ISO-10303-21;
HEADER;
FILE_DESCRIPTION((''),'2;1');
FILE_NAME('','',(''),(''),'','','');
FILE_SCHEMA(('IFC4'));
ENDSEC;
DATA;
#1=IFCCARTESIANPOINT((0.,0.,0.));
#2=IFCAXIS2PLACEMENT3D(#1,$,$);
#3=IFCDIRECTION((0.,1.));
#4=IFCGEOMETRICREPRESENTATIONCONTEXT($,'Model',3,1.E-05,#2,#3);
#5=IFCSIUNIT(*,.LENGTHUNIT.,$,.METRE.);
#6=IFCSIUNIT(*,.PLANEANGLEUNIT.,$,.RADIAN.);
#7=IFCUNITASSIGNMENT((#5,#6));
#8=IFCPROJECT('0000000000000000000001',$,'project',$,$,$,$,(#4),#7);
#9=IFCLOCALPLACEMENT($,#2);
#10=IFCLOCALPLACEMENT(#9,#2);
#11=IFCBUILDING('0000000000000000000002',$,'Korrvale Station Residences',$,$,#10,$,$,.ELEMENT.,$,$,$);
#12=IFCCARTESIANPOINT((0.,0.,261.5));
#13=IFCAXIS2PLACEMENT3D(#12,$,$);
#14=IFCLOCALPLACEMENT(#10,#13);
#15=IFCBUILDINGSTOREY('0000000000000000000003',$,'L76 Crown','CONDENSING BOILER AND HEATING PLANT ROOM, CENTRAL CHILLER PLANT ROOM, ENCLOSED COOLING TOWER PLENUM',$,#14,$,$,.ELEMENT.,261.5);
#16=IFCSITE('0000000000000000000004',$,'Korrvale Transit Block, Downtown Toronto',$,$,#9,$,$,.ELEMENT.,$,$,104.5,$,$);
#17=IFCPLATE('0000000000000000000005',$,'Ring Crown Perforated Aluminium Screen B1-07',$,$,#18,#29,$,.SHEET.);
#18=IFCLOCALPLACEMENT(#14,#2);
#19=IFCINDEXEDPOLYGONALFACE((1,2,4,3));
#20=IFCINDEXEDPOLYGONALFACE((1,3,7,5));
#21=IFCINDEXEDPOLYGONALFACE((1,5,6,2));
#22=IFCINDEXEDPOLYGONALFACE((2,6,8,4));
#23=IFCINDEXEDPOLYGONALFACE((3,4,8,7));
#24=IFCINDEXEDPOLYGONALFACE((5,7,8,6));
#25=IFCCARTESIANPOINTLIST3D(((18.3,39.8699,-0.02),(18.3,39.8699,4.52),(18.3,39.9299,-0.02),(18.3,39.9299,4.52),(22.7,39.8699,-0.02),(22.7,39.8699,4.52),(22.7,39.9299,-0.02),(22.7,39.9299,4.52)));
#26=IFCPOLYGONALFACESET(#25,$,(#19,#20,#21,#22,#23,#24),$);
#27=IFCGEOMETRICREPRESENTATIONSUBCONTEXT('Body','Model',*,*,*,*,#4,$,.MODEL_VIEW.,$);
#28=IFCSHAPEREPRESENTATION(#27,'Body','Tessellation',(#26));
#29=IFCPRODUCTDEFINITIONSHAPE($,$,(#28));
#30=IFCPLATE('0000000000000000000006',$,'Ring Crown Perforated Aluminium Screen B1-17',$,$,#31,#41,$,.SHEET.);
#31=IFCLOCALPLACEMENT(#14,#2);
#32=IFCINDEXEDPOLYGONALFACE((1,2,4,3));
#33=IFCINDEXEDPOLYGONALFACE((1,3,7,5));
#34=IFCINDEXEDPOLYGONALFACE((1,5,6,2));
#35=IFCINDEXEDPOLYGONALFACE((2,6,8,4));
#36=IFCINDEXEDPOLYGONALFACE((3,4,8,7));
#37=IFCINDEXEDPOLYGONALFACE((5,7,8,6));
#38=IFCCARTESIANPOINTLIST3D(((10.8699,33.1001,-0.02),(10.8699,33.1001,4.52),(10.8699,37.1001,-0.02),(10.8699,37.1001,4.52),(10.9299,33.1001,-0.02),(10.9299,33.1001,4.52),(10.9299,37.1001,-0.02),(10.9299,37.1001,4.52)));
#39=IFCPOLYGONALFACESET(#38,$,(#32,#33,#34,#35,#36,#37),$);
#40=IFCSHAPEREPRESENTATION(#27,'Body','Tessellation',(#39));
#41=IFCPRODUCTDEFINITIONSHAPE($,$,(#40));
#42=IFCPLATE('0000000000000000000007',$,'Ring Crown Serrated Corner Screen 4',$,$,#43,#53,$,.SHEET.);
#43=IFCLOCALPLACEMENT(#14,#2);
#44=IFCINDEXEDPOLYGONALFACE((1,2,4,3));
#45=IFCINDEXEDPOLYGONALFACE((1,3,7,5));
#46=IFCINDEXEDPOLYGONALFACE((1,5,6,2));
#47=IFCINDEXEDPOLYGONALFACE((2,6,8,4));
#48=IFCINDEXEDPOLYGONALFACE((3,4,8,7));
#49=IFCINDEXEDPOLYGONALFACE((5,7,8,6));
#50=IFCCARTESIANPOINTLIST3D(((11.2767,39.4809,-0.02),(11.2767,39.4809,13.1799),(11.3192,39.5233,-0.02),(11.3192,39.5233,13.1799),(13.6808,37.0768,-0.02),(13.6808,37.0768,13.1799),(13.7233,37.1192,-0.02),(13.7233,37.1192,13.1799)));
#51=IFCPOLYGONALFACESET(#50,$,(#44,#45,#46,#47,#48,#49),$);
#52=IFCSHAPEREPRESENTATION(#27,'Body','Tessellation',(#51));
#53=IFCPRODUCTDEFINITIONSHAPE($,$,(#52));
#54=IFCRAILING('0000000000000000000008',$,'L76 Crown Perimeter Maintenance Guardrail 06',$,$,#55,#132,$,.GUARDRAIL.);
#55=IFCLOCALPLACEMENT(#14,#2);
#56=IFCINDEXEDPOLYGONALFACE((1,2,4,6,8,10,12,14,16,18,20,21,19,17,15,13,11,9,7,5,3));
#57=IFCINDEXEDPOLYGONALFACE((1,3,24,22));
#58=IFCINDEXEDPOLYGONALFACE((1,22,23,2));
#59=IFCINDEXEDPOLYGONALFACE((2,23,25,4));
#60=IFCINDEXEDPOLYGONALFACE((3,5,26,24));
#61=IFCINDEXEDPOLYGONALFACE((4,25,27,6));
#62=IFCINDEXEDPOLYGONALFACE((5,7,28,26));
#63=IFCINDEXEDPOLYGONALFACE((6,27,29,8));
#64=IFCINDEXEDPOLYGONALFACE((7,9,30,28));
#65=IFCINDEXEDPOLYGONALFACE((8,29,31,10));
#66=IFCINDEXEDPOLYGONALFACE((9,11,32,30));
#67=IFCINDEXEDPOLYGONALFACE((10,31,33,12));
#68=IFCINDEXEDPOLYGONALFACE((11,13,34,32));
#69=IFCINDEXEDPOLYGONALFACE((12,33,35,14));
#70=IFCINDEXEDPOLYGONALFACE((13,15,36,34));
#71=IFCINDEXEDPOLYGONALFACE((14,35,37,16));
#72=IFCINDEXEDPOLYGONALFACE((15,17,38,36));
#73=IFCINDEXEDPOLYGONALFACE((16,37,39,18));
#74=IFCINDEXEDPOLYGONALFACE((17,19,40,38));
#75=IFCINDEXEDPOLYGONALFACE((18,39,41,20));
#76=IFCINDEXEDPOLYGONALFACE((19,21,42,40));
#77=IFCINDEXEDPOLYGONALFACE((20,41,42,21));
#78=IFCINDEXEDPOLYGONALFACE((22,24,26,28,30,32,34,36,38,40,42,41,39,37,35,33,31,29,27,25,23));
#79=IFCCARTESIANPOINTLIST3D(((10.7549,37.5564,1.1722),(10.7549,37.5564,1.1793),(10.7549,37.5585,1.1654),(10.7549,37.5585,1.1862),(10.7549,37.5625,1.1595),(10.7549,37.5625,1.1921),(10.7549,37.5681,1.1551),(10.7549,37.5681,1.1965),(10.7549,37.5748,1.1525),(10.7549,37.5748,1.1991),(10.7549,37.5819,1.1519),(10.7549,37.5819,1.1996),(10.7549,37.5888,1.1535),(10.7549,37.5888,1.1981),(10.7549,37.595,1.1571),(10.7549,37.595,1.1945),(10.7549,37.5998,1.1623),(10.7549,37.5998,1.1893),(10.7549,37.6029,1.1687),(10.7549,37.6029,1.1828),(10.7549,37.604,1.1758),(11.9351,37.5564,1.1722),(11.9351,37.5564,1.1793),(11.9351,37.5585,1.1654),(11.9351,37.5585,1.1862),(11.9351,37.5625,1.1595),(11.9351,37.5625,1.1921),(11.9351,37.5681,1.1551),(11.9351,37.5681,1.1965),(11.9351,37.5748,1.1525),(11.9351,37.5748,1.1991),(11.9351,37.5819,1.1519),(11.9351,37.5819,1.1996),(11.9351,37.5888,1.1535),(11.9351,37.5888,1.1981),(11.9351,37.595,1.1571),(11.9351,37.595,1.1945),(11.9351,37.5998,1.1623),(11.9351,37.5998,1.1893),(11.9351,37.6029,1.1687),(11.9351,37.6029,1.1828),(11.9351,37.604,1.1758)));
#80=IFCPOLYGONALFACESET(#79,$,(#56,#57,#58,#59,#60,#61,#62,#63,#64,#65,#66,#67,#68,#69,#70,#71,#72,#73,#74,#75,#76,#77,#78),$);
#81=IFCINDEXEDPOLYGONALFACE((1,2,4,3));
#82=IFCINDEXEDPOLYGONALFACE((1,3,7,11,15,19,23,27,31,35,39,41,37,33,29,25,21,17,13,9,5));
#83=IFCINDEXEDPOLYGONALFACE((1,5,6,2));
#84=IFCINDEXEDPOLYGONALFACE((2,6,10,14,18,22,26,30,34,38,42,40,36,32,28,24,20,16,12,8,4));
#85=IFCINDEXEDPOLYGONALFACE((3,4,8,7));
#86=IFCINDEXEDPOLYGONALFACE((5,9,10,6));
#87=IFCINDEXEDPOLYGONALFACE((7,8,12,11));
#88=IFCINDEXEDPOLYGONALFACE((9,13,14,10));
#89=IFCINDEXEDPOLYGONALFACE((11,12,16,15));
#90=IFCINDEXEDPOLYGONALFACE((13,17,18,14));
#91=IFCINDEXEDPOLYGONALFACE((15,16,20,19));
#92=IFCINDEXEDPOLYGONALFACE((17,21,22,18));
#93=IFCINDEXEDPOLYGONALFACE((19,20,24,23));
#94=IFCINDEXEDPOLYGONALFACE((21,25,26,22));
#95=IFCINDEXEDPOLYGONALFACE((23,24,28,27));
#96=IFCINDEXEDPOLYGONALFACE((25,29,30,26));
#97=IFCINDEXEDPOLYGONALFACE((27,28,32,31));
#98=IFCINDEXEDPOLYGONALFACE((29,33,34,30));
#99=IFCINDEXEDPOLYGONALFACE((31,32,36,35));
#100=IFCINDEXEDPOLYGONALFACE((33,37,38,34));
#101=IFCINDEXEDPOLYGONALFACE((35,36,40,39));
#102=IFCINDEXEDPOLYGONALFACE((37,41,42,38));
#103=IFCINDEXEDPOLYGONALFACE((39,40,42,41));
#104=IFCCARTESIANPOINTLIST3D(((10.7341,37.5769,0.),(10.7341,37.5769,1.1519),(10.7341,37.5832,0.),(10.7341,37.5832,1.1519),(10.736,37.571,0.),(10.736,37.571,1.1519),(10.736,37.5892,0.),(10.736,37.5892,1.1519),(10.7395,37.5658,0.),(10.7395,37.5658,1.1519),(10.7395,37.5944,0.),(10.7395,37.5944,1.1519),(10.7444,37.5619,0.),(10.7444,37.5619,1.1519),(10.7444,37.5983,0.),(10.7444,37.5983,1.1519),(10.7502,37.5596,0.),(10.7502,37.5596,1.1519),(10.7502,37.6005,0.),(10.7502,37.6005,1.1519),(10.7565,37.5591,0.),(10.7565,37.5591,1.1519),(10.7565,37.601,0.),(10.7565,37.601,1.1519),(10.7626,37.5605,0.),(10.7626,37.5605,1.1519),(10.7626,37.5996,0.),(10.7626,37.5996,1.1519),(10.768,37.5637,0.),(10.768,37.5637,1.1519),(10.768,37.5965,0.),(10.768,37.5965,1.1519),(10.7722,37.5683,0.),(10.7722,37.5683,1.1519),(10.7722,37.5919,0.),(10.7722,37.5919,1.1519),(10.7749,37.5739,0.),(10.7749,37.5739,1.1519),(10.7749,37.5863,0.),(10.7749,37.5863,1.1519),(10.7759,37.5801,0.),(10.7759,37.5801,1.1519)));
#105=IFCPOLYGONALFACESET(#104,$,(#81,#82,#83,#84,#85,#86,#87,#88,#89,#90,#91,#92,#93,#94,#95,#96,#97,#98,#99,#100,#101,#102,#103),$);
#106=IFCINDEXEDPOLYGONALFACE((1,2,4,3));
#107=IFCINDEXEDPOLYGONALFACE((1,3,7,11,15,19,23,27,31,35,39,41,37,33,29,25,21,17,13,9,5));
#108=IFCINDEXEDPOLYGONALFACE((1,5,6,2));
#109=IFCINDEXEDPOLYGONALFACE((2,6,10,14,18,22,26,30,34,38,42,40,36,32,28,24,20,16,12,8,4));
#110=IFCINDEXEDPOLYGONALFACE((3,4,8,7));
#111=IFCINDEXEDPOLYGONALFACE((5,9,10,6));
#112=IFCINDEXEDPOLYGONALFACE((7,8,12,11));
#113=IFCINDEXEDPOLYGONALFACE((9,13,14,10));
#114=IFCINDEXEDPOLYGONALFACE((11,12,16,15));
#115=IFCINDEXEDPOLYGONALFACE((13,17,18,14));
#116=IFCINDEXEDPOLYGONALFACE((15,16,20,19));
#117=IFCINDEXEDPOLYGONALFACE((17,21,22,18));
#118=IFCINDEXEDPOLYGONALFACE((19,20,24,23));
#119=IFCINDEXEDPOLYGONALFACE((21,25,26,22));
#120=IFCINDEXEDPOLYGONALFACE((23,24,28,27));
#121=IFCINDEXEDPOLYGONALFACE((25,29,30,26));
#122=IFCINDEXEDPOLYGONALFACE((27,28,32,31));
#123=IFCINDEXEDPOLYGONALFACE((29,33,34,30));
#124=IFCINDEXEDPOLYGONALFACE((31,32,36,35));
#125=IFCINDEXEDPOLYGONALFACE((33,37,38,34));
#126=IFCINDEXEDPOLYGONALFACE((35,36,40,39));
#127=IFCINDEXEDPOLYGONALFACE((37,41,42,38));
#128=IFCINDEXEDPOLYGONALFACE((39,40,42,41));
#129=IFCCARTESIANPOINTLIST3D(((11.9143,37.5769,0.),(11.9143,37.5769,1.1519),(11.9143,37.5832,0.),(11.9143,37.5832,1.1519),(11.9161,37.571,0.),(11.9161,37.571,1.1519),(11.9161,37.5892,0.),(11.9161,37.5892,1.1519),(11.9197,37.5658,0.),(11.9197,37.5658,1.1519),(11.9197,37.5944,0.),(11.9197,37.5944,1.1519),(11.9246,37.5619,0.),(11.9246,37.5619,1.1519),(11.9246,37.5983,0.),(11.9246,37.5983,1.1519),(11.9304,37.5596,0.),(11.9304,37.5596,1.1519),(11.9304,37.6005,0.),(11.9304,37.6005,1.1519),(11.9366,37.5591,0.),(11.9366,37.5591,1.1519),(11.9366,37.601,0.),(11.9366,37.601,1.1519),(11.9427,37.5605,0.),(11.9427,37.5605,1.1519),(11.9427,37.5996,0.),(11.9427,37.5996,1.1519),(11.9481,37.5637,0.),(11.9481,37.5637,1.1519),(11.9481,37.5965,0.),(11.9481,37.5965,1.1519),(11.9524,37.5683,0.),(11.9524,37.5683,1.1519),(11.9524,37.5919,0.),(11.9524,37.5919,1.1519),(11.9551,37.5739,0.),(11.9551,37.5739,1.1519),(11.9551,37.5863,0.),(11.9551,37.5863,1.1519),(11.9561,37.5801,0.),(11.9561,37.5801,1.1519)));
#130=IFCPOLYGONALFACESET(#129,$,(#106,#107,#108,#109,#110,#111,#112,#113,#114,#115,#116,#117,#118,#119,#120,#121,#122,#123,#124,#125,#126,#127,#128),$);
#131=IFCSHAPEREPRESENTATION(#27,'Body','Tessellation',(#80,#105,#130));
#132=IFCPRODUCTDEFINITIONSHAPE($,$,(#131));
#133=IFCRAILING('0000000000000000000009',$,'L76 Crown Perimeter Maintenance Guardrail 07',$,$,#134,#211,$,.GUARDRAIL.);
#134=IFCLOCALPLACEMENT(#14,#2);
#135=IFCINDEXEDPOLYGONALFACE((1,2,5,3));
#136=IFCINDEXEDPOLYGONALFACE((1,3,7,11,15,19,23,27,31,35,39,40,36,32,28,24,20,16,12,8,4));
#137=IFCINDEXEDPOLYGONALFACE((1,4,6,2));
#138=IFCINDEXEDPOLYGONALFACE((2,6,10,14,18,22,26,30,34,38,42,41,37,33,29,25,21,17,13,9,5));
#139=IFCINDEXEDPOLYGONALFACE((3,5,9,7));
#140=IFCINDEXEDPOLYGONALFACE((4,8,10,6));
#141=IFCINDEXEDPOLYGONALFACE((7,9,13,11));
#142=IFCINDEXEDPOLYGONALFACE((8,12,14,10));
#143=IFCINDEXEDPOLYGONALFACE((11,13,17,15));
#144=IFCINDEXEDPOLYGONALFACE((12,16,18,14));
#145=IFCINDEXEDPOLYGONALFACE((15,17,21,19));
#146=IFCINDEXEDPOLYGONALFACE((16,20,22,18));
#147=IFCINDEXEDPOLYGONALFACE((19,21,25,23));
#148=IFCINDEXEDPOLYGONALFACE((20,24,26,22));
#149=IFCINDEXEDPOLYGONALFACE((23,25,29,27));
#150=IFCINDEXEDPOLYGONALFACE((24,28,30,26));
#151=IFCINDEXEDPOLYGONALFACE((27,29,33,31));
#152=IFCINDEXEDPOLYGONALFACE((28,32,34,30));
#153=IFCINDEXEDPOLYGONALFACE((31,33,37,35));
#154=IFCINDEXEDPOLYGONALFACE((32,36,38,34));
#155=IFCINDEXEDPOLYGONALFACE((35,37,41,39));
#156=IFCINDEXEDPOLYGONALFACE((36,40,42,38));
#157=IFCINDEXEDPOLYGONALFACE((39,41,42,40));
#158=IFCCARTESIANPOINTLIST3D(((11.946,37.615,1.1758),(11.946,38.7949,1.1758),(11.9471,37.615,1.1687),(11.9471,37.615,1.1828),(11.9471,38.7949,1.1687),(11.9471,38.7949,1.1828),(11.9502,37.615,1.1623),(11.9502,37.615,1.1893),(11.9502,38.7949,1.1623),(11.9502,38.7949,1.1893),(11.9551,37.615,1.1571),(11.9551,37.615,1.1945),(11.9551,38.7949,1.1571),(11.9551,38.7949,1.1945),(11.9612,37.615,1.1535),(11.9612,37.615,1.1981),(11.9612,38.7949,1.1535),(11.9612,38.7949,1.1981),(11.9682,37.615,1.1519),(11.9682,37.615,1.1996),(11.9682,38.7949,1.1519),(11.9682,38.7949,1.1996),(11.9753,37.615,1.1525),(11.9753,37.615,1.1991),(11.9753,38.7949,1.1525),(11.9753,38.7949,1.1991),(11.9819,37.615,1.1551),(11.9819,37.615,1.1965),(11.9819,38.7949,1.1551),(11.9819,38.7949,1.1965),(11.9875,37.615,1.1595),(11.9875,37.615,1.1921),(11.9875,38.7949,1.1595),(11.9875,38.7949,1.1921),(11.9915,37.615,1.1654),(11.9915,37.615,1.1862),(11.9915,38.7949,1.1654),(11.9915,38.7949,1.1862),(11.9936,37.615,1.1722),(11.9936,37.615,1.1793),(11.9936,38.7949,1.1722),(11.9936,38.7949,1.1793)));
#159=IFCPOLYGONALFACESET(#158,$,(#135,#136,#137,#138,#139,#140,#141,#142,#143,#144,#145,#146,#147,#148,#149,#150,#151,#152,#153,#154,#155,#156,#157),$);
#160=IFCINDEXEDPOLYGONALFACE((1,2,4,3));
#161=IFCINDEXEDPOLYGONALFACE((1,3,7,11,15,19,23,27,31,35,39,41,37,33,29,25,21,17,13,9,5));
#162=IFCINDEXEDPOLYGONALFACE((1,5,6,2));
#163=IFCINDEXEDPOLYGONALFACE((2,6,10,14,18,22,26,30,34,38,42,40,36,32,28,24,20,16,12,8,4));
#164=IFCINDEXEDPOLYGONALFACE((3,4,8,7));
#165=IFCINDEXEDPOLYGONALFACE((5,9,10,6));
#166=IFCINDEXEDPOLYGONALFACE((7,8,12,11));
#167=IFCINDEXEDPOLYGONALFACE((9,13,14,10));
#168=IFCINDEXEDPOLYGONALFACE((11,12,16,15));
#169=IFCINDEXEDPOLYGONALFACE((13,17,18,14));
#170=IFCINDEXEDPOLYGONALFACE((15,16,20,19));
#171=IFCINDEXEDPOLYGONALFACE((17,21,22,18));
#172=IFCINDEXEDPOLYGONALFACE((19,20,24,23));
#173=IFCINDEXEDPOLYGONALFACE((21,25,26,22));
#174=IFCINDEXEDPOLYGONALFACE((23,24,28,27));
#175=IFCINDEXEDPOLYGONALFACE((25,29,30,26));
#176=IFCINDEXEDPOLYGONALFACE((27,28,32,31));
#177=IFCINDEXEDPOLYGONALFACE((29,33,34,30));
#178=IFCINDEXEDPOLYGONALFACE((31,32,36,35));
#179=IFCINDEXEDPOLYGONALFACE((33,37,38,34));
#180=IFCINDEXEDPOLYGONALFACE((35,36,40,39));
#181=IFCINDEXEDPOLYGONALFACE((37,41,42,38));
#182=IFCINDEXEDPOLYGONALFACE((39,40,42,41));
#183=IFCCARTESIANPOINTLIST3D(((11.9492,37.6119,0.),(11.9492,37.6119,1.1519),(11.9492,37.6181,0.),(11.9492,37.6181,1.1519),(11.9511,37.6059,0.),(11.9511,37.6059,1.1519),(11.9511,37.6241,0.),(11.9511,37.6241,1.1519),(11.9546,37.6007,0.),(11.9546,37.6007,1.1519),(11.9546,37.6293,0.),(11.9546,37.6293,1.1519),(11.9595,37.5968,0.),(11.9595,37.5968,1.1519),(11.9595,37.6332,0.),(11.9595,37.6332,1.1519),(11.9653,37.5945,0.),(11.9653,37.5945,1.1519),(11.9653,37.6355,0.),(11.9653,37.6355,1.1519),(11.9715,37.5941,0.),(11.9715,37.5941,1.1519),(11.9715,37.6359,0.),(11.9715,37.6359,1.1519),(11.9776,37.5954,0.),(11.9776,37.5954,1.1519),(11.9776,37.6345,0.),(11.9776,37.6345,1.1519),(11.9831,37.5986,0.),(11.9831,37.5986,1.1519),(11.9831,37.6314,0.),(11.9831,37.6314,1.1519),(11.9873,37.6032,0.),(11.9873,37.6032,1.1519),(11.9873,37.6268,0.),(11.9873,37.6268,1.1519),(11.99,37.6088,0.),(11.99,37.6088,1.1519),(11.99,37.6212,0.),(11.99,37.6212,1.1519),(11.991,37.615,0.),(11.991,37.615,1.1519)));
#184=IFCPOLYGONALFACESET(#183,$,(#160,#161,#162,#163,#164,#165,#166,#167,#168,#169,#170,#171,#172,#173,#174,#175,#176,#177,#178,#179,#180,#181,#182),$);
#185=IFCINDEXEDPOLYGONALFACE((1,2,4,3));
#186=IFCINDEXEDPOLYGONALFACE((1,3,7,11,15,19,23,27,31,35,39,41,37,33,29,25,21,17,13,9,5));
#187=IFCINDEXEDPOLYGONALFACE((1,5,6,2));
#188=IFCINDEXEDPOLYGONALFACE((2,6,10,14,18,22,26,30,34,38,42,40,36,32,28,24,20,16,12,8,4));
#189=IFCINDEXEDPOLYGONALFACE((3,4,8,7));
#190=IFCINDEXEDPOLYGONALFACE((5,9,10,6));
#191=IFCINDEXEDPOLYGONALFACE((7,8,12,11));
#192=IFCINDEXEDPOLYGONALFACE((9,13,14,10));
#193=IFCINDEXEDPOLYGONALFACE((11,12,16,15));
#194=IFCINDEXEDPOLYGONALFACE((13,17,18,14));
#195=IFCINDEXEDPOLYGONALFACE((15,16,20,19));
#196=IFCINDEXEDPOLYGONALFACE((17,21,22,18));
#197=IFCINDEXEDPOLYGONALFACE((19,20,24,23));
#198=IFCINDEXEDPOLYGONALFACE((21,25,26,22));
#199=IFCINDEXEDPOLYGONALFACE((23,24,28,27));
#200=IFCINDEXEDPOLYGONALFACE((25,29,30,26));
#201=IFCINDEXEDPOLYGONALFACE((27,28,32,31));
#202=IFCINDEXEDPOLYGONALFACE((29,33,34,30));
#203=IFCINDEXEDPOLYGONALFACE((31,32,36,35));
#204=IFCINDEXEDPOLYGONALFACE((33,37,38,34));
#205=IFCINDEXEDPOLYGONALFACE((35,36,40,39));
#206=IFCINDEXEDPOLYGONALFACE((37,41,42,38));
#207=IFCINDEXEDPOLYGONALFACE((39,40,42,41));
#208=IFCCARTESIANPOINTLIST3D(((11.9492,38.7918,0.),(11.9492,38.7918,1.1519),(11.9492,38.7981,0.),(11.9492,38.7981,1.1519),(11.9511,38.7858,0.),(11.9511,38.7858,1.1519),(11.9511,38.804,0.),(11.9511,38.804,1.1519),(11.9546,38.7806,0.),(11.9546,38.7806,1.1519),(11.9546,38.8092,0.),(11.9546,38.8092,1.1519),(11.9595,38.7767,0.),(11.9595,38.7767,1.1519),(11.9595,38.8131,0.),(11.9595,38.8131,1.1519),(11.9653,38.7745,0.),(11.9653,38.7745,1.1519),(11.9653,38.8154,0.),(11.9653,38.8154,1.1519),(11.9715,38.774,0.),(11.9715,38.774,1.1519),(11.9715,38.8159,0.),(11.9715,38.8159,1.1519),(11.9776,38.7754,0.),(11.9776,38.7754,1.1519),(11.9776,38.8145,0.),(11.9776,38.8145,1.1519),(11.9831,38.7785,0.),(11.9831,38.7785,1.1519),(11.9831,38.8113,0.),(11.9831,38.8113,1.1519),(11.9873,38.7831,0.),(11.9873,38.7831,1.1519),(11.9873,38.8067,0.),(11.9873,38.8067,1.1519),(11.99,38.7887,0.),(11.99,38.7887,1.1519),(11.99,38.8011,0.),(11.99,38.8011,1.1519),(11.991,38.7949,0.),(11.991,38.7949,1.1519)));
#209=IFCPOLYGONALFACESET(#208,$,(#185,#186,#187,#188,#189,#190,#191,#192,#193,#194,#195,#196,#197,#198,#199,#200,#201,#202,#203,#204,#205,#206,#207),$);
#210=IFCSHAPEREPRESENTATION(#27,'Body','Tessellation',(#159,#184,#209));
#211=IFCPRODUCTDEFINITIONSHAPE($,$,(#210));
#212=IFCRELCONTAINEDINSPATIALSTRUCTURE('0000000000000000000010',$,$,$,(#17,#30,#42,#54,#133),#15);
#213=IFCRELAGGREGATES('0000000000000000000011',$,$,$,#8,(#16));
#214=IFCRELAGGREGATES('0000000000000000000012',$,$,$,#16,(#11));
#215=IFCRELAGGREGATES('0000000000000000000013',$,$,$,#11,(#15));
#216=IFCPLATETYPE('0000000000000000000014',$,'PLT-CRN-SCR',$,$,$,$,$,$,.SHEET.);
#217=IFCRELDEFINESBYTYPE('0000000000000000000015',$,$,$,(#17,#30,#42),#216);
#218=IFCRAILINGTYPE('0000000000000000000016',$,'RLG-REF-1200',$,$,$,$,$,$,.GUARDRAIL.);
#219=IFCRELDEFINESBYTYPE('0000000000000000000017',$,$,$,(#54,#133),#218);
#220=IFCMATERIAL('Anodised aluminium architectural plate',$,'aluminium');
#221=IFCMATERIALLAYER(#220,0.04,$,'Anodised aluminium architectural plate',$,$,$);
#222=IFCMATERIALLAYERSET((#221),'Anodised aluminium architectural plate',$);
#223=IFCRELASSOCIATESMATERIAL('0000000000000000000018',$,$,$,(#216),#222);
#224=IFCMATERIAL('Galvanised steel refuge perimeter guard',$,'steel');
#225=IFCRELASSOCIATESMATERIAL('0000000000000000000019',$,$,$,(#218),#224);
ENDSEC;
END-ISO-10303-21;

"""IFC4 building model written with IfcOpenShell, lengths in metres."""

from ifc_helpers import new_model, si_unit, direction, frame, origin, origin_2d, place, context, subcontext, project, spatial, rectangle, circle, extrude, material, layer, layer_set, type_object, element, save


model = new_model("IFC4")

# Units and contexts
model_context = context("Model", 3, precision=1e-05, world=origin(), true_north=direction((0.0, 1.0)))
body_context = subcontext(model_context, "Body", "Model", "MODEL_VIEW")
ifc_project = project(units=[si_unit("LENGTHUNIT", "METRE"), si_unit("PLANEANGLEUNIT", "RADIAN")], contexts=[model_context])

# Site, building, storey
site_placement = place(None, origin())
site = spatial("IfcSite", under=ifc_project, at=site_placement, Name="Korrvale Transit Block, Downtown Toronto", CompositionType="ELEMENT", RefElevation=104.5)
building_placement = place(site_placement, origin())
building = spatial("IfcBuilding", under=site, at=building_placement, Name="Korrvale Station Residences", CompositionType="ELEMENT")
storey_placement = place(building_placement, frame((0.0, 0.0, 261.5)))
storey = spatial("IfcBuildingStorey", under=building, at=storey_placement, Name="L76 Crown", Description="CONDENSING BOILER AND HEATING PLANT ROOM, CENTRAL CHILLER PLANT ROOM, ENCLOSED COOLING TOWER PLENUM", CompositionType="ELEMENT", Elevation=261.5)

# Plates
ifc_material_1 = material(Name="Anodised aluminium architectural plate", Category="aluminium")
ifc_layer_1 = layer(ifc_material_1, 0.04, Name="Anodised aluminium architectural plate")
ifc_layer_set_1 = layer_set([ifc_layer_1], Name="Anodised aluminium architectural plate")
plate_type_1 = type_object("IfcPlateType", Name="PLT-CRN-SCR", PredefinedType="SHEET", material=ifc_layer_set_1)
for number, where, z_axis, x_axis, name in (
    (1, (20.5, 39.8999, -0.02), (0.0, 0.0, 1.0), (1.0, 0.0, 0.0), "Ring Crown Perforated Aluminium Screen B1-07"),
):
    element("IfcPlate", number, at=place(storey_placement, frame(where, z_axis=z_axis, x_axis=x_axis)), inside=storey, type_object=plate_type_1, Name=name, PredefinedType="SHEET", context=body_context, shape_type="SweptSolid", body=[
        extrude(rectangle(XDim=4.3999, YDim=0.0601, at=origin_2d()), origin(), (0.0, 0.0, 1.0), 4.54),
    ])
plate_1_placement = place(storey_placement, frame((10.8999, 35.1001, -0.02), z_axis=(0.0, 0.0, 1.0), x_axis=(0.0, 1.0, 0.0)))
element("IfcPlate", 2, at=plate_1_placement, inside=storey, type_object=plate_type_1, Name="Ring Crown Perforated Aluminium Screen B1-17", PredefinedType="SHEET", context=body_context, shape_type="SweptSolid", body=[
    extrude(rectangle(XDim=4.0, YDim=0.0601, at=origin_2d()), origin(), (0.0, 0.0, 1.0), 4.54),
])
plate_2_placement = place(storey_placement, frame((12.5, 38.3, -0.02), z_axis=(0.0, 0.0, 1.0), x_axis=(0.707107, -0.707107, 0.0)))
element("IfcPlate", 3, at=plate_2_placement, inside=storey, type_object=plate_type_1, Name="Ring Crown Serrated Corner Screen 4", PredefinedType="SHEET", context=body_context, shape_type="SweptSolid", body=[
    extrude(rectangle(XDim=3.3999, YDim=0.0601, at=origin_2d()), origin(), (0.0, 0.0, 1.0), 13.2),
])

# Railings
ifc_material_2 = material(Name="Galvanised steel refuge perimeter guard", Category="steel")
railing_type = type_object("IfcRailingType", Name="RLG-REF-1200", PredefinedType="GUARDRAIL", material=ifc_material_2)
railing_1_placement = place(storey_placement, frame((10.7549, 37.5801, 0.0)))
element("IfcRailing", 4, at=railing_1_placement, inside=storey, type_object=railing_type, Name="L76 Crown Perimeter Maintenance Guardrail 06", PredefinedType="GUARDRAIL", context=body_context, shape_type="SweptSolid", body=[
    extrude(circle(Radius=0.0239, at=origin_2d()), frame((0.0, 0.0, 1.1758), z_axis=(1.0, 0.0, 0.0), x_axis=(0.0, 1.0, 0.0)), (0.0, 0.0, 1.0), 1.1802),
    extrude(circle(Radius=0.021, at=origin_2d()), origin(), (0.0, 0.0, 1.0), 1.1519),
    extrude(circle(Radius=0.021, at=origin_2d()), frame((1.1802, 0.0, 0.0)), (0.0, 0.0, 1.0), 1.1519),
])
railing_2_placement = place(storey_placement, frame((11.97, 37.615, 0.0)))
element("IfcRailing", 5, at=railing_2_placement, inside=storey, type_object=railing_type, Name="L76 Crown Perimeter Maintenance Guardrail 07", PredefinedType="GUARDRAIL", context=body_context, shape_type="SweptSolid", body=[
    extrude(circle(Radius=0.0239, at=origin_2d()), frame((0.0, 0.0, 1.1758), z_axis=(0.0, 1.0, 0.0), x_axis=(-1.0, 0.0, 0.0)), (0.0, 0.0, 1.0), 1.1799),
    extrude(circle(Radius=0.021, at=origin_2d()), origin(), (0.0, 0.0, 1.0), 1.1519),
    extrude(circle(Radius=0.021, at=origin_2d()), frame((0.0, 1.1799, 0.0)), (0.0, 0.0, 1.0), 1.1519),
])

save(model, "model.ifc")
